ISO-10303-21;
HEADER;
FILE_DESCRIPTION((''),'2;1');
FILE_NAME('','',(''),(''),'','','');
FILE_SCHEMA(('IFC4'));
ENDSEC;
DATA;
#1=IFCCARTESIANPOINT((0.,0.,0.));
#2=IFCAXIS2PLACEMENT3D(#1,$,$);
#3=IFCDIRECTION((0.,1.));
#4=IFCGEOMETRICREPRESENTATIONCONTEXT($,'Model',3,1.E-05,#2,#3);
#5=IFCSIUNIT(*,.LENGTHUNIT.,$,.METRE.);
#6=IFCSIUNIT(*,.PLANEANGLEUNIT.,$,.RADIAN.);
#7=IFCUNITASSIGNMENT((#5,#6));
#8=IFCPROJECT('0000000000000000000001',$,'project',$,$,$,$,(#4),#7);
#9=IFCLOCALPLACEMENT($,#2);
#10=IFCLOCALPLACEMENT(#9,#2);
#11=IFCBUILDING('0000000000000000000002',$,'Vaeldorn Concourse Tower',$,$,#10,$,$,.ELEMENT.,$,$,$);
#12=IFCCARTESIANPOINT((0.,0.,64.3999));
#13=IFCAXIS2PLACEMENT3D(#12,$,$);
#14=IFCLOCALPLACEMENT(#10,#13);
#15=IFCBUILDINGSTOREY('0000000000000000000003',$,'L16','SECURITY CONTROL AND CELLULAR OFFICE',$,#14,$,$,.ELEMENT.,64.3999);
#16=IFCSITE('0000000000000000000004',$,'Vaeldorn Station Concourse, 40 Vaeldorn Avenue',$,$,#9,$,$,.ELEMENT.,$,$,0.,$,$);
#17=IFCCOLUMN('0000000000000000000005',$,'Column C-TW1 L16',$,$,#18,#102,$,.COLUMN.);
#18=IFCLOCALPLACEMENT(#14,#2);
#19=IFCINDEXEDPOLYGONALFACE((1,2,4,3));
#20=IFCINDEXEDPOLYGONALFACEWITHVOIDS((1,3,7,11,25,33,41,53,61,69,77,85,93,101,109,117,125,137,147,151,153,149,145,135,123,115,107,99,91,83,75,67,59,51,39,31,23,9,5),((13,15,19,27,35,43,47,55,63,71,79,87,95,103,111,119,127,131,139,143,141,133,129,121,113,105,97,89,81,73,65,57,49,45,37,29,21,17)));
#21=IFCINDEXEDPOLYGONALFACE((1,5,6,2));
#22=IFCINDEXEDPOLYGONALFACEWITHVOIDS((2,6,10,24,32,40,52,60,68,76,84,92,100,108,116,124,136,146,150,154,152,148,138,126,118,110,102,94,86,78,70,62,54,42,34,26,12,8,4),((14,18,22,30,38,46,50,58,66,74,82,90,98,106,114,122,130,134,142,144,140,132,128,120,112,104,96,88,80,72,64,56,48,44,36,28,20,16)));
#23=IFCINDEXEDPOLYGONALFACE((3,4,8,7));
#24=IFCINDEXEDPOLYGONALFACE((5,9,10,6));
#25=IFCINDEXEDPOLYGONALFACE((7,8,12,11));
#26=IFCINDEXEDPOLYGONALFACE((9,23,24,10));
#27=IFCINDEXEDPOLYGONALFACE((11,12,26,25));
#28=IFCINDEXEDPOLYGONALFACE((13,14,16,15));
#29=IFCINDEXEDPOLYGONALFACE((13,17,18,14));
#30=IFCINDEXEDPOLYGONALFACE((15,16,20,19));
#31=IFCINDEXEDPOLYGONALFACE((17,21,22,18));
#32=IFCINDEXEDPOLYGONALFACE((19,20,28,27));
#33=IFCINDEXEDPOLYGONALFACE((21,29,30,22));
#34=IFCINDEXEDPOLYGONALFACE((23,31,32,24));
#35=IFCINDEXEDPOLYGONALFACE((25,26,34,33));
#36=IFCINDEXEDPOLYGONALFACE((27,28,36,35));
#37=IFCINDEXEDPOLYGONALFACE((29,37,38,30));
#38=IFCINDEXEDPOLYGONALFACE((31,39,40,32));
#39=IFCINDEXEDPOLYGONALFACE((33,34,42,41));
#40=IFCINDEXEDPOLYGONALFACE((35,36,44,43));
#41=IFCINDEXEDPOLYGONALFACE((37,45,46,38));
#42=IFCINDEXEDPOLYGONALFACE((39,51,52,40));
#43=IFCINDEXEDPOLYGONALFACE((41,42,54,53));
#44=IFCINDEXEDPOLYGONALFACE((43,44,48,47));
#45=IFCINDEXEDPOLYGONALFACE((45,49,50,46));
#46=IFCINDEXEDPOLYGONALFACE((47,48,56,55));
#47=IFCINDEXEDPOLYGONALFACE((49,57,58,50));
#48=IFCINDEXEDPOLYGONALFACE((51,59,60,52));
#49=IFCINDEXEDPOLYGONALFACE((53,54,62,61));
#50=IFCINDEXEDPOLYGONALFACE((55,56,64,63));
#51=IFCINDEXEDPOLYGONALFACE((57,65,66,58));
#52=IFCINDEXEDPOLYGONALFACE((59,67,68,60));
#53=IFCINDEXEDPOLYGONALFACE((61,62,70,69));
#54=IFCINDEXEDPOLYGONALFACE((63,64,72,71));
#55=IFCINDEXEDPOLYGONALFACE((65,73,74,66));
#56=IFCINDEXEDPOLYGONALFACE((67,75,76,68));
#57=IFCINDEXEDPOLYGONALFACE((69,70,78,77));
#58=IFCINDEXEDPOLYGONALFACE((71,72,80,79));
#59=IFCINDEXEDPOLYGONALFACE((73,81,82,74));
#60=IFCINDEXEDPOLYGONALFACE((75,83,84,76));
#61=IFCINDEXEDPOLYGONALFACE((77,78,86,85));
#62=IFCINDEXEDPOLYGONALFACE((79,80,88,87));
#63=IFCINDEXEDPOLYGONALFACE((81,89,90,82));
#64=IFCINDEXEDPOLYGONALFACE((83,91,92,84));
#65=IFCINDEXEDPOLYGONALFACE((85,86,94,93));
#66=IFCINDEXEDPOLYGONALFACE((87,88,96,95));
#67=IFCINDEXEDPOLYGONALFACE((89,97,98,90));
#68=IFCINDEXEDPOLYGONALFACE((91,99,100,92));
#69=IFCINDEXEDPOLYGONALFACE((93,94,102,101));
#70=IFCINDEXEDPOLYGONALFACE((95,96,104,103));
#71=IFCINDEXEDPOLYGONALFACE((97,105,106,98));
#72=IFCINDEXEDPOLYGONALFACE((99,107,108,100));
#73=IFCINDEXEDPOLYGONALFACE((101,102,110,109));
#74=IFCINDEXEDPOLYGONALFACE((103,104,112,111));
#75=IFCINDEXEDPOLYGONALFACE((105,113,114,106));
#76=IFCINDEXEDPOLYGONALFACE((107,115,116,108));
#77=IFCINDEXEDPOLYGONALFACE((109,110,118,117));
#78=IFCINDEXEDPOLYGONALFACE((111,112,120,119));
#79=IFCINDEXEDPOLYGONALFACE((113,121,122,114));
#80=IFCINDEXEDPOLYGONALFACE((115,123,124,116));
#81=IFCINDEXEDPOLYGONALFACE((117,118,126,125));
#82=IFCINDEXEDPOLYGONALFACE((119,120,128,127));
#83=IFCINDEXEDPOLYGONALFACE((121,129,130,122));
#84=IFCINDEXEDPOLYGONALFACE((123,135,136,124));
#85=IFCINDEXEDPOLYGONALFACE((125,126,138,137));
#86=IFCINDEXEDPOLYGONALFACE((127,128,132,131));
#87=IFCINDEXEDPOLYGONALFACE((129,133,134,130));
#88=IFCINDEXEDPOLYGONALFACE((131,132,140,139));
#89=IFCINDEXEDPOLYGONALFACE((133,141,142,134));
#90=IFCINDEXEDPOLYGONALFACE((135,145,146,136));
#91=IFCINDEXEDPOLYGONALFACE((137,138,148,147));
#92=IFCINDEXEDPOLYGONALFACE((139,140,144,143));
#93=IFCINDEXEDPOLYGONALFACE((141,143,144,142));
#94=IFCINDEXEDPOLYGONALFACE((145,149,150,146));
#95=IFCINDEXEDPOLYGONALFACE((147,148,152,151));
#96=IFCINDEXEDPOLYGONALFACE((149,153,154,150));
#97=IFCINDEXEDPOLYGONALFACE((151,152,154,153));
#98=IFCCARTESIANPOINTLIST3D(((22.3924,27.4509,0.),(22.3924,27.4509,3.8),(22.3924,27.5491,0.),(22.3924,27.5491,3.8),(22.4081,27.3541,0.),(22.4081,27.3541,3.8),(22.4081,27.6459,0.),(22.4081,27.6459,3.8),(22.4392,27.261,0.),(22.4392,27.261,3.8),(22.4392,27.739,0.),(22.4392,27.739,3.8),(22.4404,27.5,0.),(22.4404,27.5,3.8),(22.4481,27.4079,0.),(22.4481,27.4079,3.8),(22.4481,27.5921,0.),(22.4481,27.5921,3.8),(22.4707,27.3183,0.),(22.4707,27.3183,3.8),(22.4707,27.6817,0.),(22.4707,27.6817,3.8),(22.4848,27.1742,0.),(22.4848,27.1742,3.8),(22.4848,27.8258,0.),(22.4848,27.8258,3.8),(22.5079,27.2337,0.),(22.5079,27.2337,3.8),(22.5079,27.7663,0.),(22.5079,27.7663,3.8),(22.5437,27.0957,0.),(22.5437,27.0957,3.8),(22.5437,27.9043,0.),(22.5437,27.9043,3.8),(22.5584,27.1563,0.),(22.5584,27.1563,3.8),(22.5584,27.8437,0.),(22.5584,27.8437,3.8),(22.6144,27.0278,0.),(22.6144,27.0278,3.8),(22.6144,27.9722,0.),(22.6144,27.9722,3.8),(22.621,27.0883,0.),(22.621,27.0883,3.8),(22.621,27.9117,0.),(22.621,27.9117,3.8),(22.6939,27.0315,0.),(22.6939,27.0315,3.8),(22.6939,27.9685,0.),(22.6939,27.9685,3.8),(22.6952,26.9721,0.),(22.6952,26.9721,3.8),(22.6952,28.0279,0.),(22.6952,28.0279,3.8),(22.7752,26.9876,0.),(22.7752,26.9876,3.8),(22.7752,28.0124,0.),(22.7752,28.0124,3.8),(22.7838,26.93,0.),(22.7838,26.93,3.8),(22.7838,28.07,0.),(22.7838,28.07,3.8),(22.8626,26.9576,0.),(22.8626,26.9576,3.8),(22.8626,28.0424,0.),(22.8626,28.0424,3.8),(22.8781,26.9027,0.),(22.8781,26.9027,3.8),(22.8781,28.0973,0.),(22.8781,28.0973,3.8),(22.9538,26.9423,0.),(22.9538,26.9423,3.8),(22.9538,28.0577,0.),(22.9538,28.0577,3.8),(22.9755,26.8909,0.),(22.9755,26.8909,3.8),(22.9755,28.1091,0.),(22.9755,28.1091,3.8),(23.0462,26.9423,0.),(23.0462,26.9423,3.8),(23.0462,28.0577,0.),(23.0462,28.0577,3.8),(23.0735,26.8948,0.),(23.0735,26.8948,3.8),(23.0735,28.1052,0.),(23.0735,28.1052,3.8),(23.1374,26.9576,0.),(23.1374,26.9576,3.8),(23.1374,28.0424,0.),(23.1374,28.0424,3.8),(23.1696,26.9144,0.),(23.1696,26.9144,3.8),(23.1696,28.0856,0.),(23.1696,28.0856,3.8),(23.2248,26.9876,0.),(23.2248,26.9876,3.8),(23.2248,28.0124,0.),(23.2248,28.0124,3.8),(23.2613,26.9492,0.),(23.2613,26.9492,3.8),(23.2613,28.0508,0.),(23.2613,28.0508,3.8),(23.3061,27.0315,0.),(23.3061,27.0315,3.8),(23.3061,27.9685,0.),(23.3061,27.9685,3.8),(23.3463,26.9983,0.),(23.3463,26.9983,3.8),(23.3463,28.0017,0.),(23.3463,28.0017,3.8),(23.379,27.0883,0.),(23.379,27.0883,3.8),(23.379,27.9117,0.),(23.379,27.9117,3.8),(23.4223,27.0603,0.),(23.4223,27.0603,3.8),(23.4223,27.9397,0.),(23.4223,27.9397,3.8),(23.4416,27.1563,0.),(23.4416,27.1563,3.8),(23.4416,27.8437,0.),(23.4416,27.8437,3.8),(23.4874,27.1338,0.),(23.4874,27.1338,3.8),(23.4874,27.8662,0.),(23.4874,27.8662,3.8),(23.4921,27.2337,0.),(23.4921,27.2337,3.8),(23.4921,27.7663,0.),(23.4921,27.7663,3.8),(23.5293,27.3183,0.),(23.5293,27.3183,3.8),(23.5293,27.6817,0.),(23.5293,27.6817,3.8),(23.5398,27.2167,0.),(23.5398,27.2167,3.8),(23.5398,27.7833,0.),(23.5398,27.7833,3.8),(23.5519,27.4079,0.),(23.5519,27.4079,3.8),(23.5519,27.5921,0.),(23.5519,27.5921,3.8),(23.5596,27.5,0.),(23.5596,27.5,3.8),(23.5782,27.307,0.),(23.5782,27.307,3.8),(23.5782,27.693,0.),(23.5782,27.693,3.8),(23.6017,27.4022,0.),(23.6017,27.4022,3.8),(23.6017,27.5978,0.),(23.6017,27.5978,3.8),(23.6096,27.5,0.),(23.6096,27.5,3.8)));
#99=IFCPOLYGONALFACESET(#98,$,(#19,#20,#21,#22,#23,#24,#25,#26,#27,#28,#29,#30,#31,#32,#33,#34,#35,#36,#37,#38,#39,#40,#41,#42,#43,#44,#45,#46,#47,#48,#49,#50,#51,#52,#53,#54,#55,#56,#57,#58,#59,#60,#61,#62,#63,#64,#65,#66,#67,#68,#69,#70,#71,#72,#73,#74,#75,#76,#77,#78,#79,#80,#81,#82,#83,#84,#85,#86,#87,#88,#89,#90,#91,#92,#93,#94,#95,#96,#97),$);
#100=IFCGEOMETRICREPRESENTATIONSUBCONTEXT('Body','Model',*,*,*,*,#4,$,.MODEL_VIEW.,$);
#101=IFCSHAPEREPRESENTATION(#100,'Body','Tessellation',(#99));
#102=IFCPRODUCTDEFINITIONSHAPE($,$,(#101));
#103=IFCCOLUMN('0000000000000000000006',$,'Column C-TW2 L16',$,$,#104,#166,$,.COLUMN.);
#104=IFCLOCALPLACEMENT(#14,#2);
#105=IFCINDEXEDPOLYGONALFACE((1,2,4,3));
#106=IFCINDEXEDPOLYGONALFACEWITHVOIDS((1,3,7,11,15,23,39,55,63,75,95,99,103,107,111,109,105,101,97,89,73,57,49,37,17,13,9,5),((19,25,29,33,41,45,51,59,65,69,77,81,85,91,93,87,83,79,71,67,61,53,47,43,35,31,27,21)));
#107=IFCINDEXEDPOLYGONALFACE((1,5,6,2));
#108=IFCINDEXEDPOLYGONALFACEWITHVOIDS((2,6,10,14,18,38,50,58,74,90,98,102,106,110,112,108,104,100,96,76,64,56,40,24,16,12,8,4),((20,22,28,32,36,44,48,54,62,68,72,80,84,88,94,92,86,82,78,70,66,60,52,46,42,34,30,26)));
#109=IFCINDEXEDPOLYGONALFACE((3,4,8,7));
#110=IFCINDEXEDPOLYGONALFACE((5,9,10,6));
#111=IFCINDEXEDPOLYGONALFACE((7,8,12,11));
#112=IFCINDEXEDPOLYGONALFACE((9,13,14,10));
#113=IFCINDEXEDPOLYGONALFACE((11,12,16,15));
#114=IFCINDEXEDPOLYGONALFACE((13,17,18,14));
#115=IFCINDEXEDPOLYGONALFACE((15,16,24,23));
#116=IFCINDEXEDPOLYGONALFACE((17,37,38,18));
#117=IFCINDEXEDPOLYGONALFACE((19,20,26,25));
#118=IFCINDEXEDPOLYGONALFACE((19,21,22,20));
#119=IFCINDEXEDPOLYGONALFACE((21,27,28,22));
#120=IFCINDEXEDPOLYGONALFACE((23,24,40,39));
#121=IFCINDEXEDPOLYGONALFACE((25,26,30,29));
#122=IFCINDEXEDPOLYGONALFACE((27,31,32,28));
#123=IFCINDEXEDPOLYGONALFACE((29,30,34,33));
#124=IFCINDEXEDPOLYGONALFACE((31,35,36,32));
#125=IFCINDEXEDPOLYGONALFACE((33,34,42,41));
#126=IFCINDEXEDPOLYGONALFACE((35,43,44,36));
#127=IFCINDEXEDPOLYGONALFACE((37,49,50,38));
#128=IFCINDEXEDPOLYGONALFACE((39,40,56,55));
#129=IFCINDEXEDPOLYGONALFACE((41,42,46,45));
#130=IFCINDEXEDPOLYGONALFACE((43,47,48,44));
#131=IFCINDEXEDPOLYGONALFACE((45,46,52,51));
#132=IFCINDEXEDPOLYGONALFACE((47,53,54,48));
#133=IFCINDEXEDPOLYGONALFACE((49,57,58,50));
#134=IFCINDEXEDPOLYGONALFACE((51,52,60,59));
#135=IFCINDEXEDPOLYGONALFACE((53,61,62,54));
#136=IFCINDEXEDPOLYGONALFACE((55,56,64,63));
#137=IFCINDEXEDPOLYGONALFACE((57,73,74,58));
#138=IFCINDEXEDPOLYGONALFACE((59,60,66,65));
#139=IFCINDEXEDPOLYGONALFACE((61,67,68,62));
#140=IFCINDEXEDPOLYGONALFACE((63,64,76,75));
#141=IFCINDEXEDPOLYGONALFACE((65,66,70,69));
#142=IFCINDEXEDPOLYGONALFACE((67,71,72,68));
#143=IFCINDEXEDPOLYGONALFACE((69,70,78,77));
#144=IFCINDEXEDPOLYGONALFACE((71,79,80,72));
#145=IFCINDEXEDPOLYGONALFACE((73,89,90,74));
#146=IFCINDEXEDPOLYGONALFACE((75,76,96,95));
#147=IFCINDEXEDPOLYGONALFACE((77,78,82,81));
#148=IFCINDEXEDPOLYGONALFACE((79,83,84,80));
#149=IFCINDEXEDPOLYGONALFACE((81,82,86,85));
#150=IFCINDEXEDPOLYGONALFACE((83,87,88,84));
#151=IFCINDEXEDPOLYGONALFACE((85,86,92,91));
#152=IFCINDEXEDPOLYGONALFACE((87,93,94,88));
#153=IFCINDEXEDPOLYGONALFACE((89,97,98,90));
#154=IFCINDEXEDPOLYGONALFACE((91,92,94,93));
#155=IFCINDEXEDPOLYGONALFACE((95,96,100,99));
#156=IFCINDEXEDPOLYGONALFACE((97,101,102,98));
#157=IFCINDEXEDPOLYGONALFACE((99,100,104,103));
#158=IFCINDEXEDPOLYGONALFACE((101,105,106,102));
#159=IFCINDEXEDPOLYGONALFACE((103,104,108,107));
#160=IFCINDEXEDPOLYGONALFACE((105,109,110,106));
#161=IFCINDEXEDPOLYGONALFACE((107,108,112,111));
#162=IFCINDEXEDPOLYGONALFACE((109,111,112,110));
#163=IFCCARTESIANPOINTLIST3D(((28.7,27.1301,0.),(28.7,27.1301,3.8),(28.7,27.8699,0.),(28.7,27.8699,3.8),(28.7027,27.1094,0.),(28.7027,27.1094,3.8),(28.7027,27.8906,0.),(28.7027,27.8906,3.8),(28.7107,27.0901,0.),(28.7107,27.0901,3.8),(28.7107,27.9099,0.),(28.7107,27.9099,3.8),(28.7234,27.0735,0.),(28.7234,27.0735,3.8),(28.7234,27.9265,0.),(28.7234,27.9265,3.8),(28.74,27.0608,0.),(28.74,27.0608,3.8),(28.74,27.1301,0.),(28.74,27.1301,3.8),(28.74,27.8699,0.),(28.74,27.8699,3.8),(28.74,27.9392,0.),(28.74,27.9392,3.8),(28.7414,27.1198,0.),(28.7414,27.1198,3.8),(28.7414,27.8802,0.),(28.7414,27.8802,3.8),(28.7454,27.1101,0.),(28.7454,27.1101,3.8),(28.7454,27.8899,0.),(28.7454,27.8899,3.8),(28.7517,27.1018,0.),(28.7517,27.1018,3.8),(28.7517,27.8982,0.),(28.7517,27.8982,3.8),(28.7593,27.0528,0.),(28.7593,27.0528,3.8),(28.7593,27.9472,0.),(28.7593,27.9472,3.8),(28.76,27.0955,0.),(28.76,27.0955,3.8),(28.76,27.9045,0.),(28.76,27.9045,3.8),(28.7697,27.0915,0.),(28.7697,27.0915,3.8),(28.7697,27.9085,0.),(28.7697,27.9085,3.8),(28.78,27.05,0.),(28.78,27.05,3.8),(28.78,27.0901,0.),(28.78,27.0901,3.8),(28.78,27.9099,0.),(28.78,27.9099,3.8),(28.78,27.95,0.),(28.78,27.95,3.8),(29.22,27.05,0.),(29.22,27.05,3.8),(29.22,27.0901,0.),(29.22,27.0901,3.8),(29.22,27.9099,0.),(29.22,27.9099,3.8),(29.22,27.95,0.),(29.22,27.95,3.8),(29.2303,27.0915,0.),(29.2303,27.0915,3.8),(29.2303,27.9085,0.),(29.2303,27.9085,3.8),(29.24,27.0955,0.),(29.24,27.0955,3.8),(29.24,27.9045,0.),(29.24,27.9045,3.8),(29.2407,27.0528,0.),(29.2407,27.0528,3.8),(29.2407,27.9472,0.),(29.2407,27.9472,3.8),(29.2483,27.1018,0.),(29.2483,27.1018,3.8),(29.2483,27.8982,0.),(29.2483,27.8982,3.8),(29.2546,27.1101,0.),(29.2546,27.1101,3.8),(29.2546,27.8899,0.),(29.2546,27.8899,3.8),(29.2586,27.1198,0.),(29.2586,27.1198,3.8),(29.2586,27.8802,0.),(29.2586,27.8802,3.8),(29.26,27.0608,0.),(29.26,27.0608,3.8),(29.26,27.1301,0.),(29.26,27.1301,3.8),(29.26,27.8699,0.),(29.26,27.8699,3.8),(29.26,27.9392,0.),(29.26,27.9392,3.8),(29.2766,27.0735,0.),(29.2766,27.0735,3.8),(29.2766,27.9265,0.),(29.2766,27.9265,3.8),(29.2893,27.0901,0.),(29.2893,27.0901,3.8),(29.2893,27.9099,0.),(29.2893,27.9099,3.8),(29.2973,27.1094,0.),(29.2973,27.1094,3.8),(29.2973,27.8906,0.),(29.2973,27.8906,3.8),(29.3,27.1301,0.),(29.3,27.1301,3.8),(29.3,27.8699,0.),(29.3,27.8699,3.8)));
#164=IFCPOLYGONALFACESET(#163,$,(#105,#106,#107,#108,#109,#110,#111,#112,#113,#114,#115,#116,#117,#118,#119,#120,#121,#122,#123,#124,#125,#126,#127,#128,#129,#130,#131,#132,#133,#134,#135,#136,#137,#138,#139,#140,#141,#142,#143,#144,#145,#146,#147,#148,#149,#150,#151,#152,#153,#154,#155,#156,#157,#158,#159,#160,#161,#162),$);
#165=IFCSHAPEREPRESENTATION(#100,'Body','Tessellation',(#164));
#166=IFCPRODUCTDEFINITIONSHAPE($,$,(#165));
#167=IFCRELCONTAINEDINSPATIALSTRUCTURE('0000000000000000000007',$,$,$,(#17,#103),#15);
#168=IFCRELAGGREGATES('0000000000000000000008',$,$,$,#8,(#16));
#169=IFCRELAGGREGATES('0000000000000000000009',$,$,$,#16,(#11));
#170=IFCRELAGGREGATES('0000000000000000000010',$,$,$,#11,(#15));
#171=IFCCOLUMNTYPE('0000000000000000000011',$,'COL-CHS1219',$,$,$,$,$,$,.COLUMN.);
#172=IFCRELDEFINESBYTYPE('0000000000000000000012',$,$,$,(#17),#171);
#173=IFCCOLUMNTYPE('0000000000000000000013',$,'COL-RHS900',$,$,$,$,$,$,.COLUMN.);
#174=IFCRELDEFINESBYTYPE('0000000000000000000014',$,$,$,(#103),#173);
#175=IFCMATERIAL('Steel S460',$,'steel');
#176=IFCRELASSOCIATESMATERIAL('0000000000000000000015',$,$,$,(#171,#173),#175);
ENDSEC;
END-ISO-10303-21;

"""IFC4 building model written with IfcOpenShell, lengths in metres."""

from ifc_helpers import new_model, si_unit, direction, frame, origin, origin_2d, place, context, subcontext, project, spatial, hollow_rectangle, hollow_circle, extrude, source, transform, mapped, material, material_profile, profile_set, type_object, element, save


model = new_model("IFC4")

# Units and contexts
model_context = context("Model", 3, precision=1e-05, world=origin(), true_north=direction((0.0, 1.0)))
body_context = subcontext(model_context, "Body", "Model", "MODEL_VIEW")
ifc_project = project(units=[si_unit("LENGTHUNIT", "METRE"), si_unit("PLANEANGLEUNIT", "RADIAN")], contexts=[model_context])

# Site, building, storey
site_placement = place(None, origin())
site = spatial("IfcSite", under=ifc_project, at=site_placement, Name="Vaeldorn Station Concourse, 40 Vaeldorn Avenue", CompositionType="ELEMENT", RefElevation=0.0)
building_placement = place(site_placement, origin())
building = spatial("IfcBuilding", under=site, at=building_placement, Name="Vaeldorn Concourse Tower", CompositionType="ELEMENT")
storey_placement = place(building_placement, frame((0.0, 0.0, 64.3999)))
storey = spatial("IfcBuildingStorey", under=building, at=storey_placement, Name="L16", Description="SECURITY CONTROL AND CELLULAR OFFICE", CompositionType="ELEMENT", Elevation=64.3999)

# Columns
ifc_material_1 = material(Name="Steel S460", Category="steel")
ifc_material_profile_1 = material_profile(ifc_material_1, hollow_circle(Radius=0.6096, WallThickness=0.05, at=origin_2d()), Name="CHS 1219x50")
ifc_profile_set_1 = profile_set([ifc_material_profile_1], Name="Steel S460")
column_type_1 = type_object("IfcColumnType", Name="COL-CHS1219", PredefinedType="COLUMN", material=ifc_profile_set_1)
shared_shape_1 = source(origin(), body_context, "Body", "SweptSolid", [
    extrude(hollow_circle(Radius=0.6096, WallThickness=0.05, at=origin_2d()), origin(), (0.0, 0.0, 1.0), 3.8),
])
column_1_placement = place(storey_placement, frame((23.0, 27.5, 0.0), z_axis=(0.0, 0.0, 1.0), x_axis=(1.0, 0.0, 0.0)))
element("IfcColumn", 1, at=column_1_placement, inside=storey, type_object=column_type_1, Name="Column C-TW1 L16", PredefinedType="COLUMN", context=body_context, shape_type="MappedRepresentation", body=[
    mapped(shared_shape_1, transform((0.0, 0.0, 0.0), scale=1.0)),
])
ifc_material_profile_2 = material_profile(ifc_material_1, hollow_rectangle(XDim=0.6001, YDim=0.8999, WallThickness=0.04, InnerFilletRadius=0.04, OuterFilletRadius=0.0801, at=origin_2d()), Name="RHS 900x600x40")
ifc_profile_set_2 = profile_set([ifc_material_profile_2], Name="Steel S460")
column_type_2 = type_object("IfcColumnType", Name="COL-RHS900", PredefinedType="COLUMN", material=ifc_profile_set_2)
shared_shape_2 = source(origin(), body_context, "Body", "SweptSolid", [
    extrude(hollow_rectangle(XDim=0.6001, YDim=0.8999, WallThickness=0.04, InnerFilletRadius=0.04, OuterFilletRadius=0.0801, at=origin_2d()), origin(), (0.0, 0.0, 1.0), 3.8),
])
for number, where, z_axis, x_axis, name in (
    (2, (29.0, 27.5, 0.0), (0.0, 0.0, 1.0), (1.0, 0.0, 0.0), "Column C-TW2 L16"),
):
    element("IfcColumn", number, at=place(storey_placement, frame(where, z_axis=z_axis, x_axis=x_axis)), inside=storey, type_object=column_type_2, Name=name, PredefinedType="COLUMN", context=body_context, shape_type="MappedRepresentation", body=[
        mapped(shared_shape_2, transform((0.0, 0.0, 0.0), scale=1.0)),
    ])

save(model, "model.ifc")
